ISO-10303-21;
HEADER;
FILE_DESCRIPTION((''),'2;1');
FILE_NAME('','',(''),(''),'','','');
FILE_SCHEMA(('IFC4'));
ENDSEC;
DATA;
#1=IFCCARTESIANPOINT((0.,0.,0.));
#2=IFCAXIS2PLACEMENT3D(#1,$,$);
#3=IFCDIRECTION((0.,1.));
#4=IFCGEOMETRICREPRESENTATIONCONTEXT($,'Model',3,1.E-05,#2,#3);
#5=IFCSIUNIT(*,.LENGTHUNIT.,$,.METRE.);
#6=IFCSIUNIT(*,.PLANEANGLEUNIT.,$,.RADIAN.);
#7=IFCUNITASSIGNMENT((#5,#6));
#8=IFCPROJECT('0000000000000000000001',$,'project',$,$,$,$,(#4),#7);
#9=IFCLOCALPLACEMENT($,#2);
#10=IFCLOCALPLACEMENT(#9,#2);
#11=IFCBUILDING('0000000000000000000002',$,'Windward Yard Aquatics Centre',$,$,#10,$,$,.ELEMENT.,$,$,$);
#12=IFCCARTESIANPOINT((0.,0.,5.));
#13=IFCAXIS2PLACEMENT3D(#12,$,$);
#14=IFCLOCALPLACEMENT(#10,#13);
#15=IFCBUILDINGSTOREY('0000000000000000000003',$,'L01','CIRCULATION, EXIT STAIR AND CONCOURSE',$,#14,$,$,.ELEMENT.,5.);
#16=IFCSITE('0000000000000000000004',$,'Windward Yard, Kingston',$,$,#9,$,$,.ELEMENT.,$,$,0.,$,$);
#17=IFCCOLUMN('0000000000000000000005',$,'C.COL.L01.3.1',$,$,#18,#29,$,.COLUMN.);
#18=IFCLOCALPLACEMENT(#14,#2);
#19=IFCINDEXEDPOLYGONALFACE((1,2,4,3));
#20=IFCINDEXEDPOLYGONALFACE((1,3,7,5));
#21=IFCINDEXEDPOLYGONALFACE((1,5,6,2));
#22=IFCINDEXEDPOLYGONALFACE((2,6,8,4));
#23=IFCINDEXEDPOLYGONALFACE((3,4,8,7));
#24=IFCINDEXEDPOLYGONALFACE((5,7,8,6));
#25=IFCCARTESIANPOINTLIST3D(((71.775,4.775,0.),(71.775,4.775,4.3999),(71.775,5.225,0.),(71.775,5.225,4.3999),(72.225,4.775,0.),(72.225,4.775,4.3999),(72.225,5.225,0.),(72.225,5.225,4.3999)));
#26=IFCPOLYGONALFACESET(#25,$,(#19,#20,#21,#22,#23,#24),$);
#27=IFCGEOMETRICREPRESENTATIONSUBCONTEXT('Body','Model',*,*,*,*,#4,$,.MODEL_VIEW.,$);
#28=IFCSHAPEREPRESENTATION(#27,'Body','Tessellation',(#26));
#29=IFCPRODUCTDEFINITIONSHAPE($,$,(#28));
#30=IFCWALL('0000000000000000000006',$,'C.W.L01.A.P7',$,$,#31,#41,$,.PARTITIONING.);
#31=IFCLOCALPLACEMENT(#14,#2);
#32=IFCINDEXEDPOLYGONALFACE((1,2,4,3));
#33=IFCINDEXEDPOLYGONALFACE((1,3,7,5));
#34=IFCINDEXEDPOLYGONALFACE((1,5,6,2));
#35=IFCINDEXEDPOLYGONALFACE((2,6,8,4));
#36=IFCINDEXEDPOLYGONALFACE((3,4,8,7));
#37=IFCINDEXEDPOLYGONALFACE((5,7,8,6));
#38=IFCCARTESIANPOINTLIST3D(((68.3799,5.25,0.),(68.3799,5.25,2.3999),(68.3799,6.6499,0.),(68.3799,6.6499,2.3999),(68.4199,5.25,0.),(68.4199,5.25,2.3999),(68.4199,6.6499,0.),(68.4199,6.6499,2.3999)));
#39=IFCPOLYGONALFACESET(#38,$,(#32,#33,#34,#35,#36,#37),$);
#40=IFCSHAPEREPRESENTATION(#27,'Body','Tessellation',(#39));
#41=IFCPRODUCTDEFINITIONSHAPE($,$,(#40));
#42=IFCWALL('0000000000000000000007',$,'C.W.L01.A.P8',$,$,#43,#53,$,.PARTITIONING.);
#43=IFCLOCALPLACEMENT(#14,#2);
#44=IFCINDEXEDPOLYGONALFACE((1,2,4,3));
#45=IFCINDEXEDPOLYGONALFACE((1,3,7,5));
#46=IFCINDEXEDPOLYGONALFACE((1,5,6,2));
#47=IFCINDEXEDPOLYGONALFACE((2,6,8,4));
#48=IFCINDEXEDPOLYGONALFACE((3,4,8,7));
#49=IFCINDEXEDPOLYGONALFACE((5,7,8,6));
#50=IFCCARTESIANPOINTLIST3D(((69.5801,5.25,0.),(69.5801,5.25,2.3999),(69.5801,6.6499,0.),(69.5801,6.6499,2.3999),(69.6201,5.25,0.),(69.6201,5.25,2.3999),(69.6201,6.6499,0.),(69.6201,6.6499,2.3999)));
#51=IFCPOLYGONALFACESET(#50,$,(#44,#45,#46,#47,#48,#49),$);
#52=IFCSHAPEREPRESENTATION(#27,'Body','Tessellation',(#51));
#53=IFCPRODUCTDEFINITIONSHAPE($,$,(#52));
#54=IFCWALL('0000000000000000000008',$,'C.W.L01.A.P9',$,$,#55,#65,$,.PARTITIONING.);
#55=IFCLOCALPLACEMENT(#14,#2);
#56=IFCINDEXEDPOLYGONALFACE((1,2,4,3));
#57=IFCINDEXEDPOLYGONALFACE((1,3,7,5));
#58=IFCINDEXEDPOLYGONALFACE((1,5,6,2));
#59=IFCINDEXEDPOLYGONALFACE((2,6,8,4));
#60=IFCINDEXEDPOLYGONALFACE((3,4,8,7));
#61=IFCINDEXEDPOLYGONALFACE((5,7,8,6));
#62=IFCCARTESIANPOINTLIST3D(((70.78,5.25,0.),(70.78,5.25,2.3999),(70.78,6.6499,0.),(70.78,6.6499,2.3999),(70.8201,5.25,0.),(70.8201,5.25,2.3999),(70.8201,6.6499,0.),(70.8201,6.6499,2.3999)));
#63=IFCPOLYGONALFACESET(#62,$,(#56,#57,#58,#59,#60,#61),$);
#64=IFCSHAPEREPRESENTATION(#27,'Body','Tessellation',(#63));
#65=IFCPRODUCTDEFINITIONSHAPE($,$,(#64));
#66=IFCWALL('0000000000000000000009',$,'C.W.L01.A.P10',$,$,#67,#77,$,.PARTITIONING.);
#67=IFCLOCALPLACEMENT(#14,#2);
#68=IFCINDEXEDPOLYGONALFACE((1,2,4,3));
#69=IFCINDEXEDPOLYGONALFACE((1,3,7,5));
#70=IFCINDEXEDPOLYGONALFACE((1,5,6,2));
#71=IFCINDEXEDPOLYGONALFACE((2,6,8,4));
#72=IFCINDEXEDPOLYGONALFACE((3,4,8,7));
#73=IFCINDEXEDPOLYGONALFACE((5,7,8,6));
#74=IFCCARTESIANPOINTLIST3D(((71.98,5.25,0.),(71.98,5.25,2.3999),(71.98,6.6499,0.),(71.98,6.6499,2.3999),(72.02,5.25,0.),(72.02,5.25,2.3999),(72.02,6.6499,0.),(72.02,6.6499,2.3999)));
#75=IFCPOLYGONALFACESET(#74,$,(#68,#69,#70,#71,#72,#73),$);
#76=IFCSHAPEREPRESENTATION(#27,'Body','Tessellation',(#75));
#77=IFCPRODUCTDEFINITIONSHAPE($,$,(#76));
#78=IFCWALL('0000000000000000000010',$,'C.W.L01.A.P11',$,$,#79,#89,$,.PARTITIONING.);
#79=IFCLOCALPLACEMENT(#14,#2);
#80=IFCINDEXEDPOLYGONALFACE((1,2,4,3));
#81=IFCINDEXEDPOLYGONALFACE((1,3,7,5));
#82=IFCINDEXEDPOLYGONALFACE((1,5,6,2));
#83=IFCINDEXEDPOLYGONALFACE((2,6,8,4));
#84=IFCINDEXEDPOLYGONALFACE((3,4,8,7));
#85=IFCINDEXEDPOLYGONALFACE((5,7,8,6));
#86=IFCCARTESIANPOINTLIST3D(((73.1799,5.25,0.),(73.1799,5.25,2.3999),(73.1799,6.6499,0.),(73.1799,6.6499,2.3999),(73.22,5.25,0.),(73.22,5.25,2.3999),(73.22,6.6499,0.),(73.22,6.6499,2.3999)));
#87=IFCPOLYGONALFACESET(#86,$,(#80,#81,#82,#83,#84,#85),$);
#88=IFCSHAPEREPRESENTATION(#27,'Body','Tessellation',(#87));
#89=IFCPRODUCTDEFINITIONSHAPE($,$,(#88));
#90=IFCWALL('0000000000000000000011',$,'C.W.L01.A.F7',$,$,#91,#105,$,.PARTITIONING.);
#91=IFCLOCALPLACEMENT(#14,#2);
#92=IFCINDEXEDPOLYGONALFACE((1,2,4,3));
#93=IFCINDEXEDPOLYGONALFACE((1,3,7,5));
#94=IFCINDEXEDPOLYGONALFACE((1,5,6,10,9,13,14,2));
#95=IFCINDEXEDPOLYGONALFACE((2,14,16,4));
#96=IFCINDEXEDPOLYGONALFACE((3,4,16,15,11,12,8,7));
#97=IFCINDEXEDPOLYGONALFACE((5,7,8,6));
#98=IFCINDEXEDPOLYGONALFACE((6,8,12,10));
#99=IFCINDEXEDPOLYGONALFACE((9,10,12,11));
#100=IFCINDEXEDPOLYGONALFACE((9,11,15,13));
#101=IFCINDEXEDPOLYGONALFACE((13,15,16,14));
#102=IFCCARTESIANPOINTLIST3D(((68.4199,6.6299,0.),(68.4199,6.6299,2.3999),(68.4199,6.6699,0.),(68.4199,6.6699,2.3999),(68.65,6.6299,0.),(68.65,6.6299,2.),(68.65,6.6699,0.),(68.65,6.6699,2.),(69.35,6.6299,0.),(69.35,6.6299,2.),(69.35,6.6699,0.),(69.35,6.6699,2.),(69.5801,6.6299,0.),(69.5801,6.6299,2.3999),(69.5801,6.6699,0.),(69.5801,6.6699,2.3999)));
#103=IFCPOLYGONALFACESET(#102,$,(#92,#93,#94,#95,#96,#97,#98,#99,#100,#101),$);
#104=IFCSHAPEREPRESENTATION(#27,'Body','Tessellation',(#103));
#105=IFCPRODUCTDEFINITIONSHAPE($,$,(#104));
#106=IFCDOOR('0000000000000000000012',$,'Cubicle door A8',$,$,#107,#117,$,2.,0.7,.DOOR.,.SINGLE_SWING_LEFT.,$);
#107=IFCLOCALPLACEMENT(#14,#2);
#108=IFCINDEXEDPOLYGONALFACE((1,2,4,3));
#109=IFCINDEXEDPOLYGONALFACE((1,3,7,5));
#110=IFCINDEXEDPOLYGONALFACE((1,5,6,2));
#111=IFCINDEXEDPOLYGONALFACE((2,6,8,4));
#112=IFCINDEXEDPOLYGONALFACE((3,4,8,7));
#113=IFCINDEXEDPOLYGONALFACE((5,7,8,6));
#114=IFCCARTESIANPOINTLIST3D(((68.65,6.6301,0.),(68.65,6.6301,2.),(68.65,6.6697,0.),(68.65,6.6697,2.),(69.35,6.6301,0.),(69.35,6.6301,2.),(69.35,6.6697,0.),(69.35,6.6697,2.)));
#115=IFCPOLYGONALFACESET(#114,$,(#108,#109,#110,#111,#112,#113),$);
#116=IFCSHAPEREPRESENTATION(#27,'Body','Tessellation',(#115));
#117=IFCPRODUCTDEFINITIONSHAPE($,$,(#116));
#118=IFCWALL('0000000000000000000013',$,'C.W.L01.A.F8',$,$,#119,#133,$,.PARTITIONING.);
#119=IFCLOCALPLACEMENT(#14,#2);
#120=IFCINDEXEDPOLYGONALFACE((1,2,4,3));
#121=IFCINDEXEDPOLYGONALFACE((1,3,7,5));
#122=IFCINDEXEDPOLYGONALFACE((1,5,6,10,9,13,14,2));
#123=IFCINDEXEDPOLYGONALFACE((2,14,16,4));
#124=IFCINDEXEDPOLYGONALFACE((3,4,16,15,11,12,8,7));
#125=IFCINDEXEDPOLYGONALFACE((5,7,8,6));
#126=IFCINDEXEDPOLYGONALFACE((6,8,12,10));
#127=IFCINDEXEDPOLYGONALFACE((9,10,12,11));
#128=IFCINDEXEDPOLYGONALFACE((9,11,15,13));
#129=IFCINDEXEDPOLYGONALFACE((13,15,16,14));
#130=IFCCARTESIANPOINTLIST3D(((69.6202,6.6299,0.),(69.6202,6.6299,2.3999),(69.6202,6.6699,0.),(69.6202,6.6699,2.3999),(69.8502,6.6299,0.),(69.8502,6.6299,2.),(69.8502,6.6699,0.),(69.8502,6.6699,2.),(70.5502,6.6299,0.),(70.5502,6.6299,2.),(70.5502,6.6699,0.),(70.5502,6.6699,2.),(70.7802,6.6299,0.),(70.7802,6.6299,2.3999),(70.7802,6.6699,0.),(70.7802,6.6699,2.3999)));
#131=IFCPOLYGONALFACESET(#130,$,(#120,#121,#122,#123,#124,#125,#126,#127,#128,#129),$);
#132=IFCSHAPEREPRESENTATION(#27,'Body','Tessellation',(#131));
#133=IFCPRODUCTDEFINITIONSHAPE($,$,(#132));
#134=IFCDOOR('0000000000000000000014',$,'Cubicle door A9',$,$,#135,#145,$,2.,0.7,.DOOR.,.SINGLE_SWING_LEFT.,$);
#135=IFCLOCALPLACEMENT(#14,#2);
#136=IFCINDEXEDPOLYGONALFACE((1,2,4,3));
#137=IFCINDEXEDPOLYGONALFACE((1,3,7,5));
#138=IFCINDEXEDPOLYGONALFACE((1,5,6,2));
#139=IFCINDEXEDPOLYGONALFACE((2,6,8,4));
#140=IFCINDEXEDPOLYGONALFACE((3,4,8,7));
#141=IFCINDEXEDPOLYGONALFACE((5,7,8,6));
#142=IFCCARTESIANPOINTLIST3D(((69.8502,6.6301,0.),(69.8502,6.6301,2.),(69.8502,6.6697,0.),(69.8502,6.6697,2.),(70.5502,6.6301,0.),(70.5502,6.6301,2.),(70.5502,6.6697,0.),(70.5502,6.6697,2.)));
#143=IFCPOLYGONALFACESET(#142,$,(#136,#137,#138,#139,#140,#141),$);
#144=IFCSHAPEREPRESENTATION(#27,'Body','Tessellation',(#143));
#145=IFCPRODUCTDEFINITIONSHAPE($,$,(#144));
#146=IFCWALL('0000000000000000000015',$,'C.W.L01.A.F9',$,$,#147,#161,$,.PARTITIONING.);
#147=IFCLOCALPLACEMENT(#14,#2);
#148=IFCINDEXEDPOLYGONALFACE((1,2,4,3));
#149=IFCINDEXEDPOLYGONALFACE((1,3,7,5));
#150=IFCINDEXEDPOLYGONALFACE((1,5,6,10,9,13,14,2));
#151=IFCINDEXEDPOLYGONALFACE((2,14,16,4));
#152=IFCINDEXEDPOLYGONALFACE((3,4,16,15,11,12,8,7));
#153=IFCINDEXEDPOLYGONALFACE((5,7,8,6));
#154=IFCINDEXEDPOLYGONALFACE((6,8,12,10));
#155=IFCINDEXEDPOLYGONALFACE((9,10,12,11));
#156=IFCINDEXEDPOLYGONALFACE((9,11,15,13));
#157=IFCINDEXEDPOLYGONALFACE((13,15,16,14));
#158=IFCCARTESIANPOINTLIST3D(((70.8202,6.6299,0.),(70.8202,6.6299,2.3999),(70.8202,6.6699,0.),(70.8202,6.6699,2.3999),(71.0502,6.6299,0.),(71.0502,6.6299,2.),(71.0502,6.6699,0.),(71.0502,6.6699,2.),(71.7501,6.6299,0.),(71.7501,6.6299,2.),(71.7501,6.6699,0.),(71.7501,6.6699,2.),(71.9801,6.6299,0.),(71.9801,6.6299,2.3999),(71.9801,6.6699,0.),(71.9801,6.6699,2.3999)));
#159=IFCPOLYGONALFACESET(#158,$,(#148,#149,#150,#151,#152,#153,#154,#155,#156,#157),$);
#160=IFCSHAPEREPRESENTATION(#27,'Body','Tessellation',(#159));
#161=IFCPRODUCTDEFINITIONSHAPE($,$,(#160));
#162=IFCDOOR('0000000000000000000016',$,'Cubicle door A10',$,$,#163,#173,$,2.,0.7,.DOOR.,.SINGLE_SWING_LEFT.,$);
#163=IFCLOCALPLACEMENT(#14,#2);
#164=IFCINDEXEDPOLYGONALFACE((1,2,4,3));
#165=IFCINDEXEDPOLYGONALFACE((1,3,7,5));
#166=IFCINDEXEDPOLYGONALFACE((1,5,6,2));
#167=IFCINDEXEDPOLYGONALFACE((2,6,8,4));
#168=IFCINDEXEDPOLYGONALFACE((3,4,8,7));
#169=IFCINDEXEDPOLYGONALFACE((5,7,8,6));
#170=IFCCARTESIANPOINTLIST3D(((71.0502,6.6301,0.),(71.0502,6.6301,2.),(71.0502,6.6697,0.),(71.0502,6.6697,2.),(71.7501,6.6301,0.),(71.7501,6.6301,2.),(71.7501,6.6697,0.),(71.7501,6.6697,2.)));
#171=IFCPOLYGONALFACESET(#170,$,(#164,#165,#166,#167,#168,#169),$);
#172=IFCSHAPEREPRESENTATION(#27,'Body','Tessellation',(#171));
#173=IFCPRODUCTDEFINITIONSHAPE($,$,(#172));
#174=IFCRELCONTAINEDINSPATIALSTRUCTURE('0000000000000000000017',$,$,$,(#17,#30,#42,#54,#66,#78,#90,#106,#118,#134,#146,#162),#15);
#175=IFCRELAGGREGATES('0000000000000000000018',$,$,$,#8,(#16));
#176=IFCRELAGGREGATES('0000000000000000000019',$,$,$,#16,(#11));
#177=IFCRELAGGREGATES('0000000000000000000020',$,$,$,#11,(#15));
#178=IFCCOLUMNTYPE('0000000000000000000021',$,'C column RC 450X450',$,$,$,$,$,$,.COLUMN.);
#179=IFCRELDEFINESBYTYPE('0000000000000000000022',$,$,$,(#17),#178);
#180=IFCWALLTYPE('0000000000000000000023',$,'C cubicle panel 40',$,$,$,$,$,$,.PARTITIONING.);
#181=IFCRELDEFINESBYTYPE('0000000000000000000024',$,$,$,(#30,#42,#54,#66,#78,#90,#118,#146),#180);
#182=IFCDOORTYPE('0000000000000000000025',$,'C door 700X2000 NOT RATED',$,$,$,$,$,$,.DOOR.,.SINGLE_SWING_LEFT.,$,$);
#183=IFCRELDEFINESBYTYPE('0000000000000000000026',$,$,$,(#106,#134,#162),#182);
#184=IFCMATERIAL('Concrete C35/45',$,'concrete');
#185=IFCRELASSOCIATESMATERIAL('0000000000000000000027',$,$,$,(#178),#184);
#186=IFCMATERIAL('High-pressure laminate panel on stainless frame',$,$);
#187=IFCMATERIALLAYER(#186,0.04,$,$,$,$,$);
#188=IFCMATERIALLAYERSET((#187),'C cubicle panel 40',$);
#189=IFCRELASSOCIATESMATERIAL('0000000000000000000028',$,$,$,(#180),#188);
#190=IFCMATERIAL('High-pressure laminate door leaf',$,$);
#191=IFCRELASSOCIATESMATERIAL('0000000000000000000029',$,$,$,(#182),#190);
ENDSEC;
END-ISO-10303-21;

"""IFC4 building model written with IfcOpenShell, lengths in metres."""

from ifc_helpers import new_model, si_unit, direction, frame, frame_2d, origin, origin_2d, place, context, subcontext, project, spatial, rectangle, extrude, material, layer, layer_set, material_profile, profile_set, type_object, element, fill, save


model = new_model("IFC4")

# Units and contexts
model_context = context("Model", 3, precision=1e-05, world=origin(), true_north=direction((0.0, 1.0)))
body_context = subcontext(model_context, "Body", "Model", "MODEL_VIEW")
ifc_project = project(units=[si_unit("LENGTHUNIT", "METRE"), si_unit("PLANEANGLEUNIT", "RADIAN")], contexts=[model_context])

# Site, building, storey
site_placement = place(None, origin())
site = spatial("IfcSite", under=ifc_project, at=site_placement, Name="Windward Yard, Kingston", CompositionType="ELEMENT", RefElevation=0.0)
building_placement = place(site_placement, origin())
building = spatial("IfcBuilding", under=site, at=building_placement, Name="Windward Yard Aquatics Centre", CompositionType="ELEMENT")
storey_placement = place(building_placement, frame((0.0, 0.0, 5.0)))
storey = spatial("IfcBuildingStorey", under=building, at=storey_placement, Name="L01", Description="CIRCULATION, EXIT STAIR AND CONCOURSE", CompositionType="ELEMENT", Elevation=5.0)

# Column
ifc_material_1 = material(Name="Concrete C35/45", Category="concrete")
ifc_material_profile = material_profile(ifc_material_1, rectangle(XDim=0.45, YDim=0.45, at=origin_2d()), Name="RC 450X450")
ifc_profile_set = profile_set([ifc_material_profile], Name="Concrete C35/45")
column_type = type_object("IfcColumnType", Name="C column RC 450X450", PredefinedType="COLUMN", material=ifc_profile_set)
column_placement = place(storey_placement, frame((72.0, 5.0, 0.0), z_axis=(0.0, 0.0, 1.0), x_axis=(1.0, 0.0, 0.0)))
element("IfcColumn", 1, at=column_placement, inside=storey, type_object=column_type, Name="C.COL.L01.3.1", PredefinedType="COLUMN", context=body_context, shape_type="SweptSolid", body=[
    extrude(rectangle(XDim=0.45, YDim=0.45, at=origin_2d()), origin(), (0.0, 0.0, 1.0), 4.3999),
])

# Walls
ifc_material_2 = material(Name="High-pressure laminate panel on stainless frame")
ifc_layer_1 = layer(ifc_material_2, 0.04)
ifc_layer_set_1 = layer_set([ifc_layer_1], Name="C cubicle panel 40")
wall_type_1 = type_object("IfcWallType", Name="C cubicle panel 40", PredefinedType="PARTITIONING", material=ifc_layer_set_1)
for number, where, z_axis, x_axis, name in (
    (2, (68.3999, 5.25, 0.0), (0.0, 0.0, 1.0), (0.0, 1.0, 0.0), "C.W.L01.A.P7"),
    (3, (69.6001, 5.25, 0.0), (0.0, 0.0, 1.0), (0.0, 1.0, 0.0), "C.W.L01.A.P8"),
    (4, (70.8, 5.25, 0.0), (0.0, 0.0, 1.0), (0.0, 1.0, 0.0), "C.W.L01.A.P9"),
    (5, (72.0, 5.25, 0.0), (0.0, 0.0, 1.0), (0.0, 1.0, 0.0), "C.W.L01.A.P10"),
    (6, (73.2, 5.25, 0.0), (0.0, 0.0, 1.0), (0.0, 1.0, 0.0), "C.W.L01.A.P11"),
):
    element("IfcWall", number, at=place(storey_placement, frame(where, z_axis=z_axis, x_axis=x_axis)), inside=storey, type_object=wall_type_1, Name=name, PredefinedType="PARTITIONING", context=body_context, shape_type="SweptSolid", body=[
        extrude(rectangle(XDim=1.3999, YDim=0.04, at=frame_2d((0.7, 0.0))), origin(), (0.0, 0.0, 1.0), 2.3999),
    ])

# Walls, openings, doors
wall_1_placement = place(storey_placement, frame((68.4199, 6.6499, 0.0), z_axis=(0.0, 0.0, 1.0), x_axis=(1.0, 0.0, 0.0)))
wall_1 = element("IfcWall", 7, at=wall_1_placement, inside=storey, type_object=wall_type_1, Name="C.W.L01.A.F7", PredefinedType="PARTITIONING", context=body_context, shape_type="SweptSolid", body=[
    extrude(rectangle(XDim=1.1602, YDim=0.04, at=frame_2d((0.5801, 0.0))), origin(), (0.0, 0.0, 1.0), 2.3999),
])
opening_1_placement = place(wall_1_placement, frame((0.23, 0.0, 0.0)))
opening_1 = element("IfcOpeningElement", 8, at=opening_1_placement, cuts=wall_1, PredefinedType="OPENING", context=body_context, shape_type="SweptSolid", body=[
    extrude(rectangle(XDim=0.7, YDim=2.0, at=frame_2d((0.3501, 1.0))), frame((0.0, 0.03, 0.0), z_axis=(0.0, -1.0, 0.0), x_axis=(1.0, 0.0, 0.0)), (0.0, 0.0, 1.0), 0.0601),
])
ifc_material_3 = material(Name="High-pressure laminate door leaf")
door_type = type_object("IfcDoorType", Name="C door 700X2000 NOT RATED", OperationType="SINGLE_SWING_LEFT", PredefinedType="DOOR", material=ifc_material_3)
door_1_placement = place(opening_1_placement, origin())
door_1 = element("IfcDoor", 9, at=door_1_placement, inside=storey, type_object=door_type, Name="Cubicle door A8", OperationType="SINGLE_SWING_LEFT", OverallHeight=2.0, OverallWidth=0.7, PredefinedType="DOOR", context=body_context, shape_type="SweptSolid", body=[
    extrude(rectangle(XDim=0.7, YDim=2.0, at=frame_2d((0.3501, 1.0))), frame((0.0, 0.0198, 0.0), z_axis=(0.0, -1.0, 0.0), x_axis=(1.0, 0.0, 0.0)), (0.0, 0.0, 1.0), 0.0396),
])
fill(opening_1, door_1)
wall_2_placement = place(storey_placement, frame((69.6201, 6.6499, 0.0), z_axis=(0.0, 0.0, 1.0), x_axis=(1.0, 0.0, 0.0)))
wall_2 = element("IfcWall", 10, at=wall_2_placement, inside=storey, type_object=wall_type_1, Name="C.W.L01.A.F8", PredefinedType="PARTITIONING", context=body_context, shape_type="SweptSolid", body=[
    extrude(rectangle(XDim=1.1599, YDim=0.04, at=frame_2d((0.5801, 0.0))), origin(), (0.0, 0.0, 1.0), 2.3999),
])
opening_2_placement = place(wall_2_placement, frame((0.23, 0.0, 0.0)))
opening_2 = element("IfcOpeningElement", 11, at=opening_2_placement, cuts=wall_2, PredefinedType="OPENING", context=body_context, shape_type="SweptSolid", body=[
    extrude(rectangle(XDim=0.7, YDim=2.0, at=frame_2d((0.3501, 1.0))), frame((0.0, 0.03, 0.0), z_axis=(0.0, -1.0, 0.0), x_axis=(1.0, 0.0, 0.0)), (0.0, 0.0, 1.0), 0.0601),
])
door_2_placement = place(opening_2_placement, origin())
door_2 = element("IfcDoor", 12, at=door_2_placement, inside=storey, type_object=door_type, Name="Cubicle door A9", OperationType="SINGLE_SWING_LEFT", OverallHeight=2.0, OverallWidth=0.7, PredefinedType="DOOR", context=body_context, shape_type="SweptSolid", body=[
    extrude(rectangle(XDim=0.7, YDim=2.0, at=frame_2d((0.3501, 1.0))), frame((0.0, 0.0198, 0.0), z_axis=(0.0, -1.0, 0.0), x_axis=(1.0, 0.0, 0.0)), (0.0, 0.0, 1.0), 0.0396),
])
fill(opening_2, door_2)
wall_3_placement = place(storey_placement, frame((70.8201, 6.6499, 0.0), z_axis=(0.0, 0.0, 1.0), x_axis=(1.0, 0.0, 0.0)))
wall_3 = element("IfcWall", 13, at=wall_3_placement, inside=storey, type_object=wall_type_1, Name="C.W.L01.A.F9", PredefinedType="PARTITIONING", context=body_context, shape_type="SweptSolid", body=[
    extrude(rectangle(XDim=1.1599, YDim=0.04, at=frame_2d((0.5801, 0.0))), origin(), (0.0, 0.0, 1.0), 2.3999),
])
opening_3_placement = place(wall_3_placement, frame((0.23, 0.0, 0.0)))
opening_3 = element("IfcOpeningElement", 14, at=opening_3_placement, cuts=wall_3, PredefinedType="OPENING", context=body_context, shape_type="SweptSolid", body=[
    extrude(rectangle(XDim=0.7, YDim=2.0, at=frame_2d((0.3501, 1.0))), frame((0.0, 0.03, 0.0), z_axis=(0.0, -1.0, 0.0), x_axis=(1.0, 0.0, 0.0)), (0.0, 0.0, 1.0), 0.0601),
])
door_3_placement = place(opening_3_placement, origin())
door_3 = element("IfcDoor", 15, at=door_3_placement, inside=storey, type_object=door_type, Name="Cubicle door A10", OperationType="SINGLE_SWING_LEFT", OverallHeight=2.0, OverallWidth=0.7, PredefinedType="DOOR", context=body_context, shape_type="SweptSolid", body=[
    extrude(rectangle(XDim=0.7, YDim=2.0, at=frame_2d((0.3501, 1.0))), frame((0.0, 0.0198, 0.0), z_axis=(0.0, -1.0, 0.0), x_axis=(1.0, 0.0, 0.0)), (0.0, 0.0, 1.0), 0.0396),
])
fill(opening_3, door_3)

save(model, "model.ifc")
